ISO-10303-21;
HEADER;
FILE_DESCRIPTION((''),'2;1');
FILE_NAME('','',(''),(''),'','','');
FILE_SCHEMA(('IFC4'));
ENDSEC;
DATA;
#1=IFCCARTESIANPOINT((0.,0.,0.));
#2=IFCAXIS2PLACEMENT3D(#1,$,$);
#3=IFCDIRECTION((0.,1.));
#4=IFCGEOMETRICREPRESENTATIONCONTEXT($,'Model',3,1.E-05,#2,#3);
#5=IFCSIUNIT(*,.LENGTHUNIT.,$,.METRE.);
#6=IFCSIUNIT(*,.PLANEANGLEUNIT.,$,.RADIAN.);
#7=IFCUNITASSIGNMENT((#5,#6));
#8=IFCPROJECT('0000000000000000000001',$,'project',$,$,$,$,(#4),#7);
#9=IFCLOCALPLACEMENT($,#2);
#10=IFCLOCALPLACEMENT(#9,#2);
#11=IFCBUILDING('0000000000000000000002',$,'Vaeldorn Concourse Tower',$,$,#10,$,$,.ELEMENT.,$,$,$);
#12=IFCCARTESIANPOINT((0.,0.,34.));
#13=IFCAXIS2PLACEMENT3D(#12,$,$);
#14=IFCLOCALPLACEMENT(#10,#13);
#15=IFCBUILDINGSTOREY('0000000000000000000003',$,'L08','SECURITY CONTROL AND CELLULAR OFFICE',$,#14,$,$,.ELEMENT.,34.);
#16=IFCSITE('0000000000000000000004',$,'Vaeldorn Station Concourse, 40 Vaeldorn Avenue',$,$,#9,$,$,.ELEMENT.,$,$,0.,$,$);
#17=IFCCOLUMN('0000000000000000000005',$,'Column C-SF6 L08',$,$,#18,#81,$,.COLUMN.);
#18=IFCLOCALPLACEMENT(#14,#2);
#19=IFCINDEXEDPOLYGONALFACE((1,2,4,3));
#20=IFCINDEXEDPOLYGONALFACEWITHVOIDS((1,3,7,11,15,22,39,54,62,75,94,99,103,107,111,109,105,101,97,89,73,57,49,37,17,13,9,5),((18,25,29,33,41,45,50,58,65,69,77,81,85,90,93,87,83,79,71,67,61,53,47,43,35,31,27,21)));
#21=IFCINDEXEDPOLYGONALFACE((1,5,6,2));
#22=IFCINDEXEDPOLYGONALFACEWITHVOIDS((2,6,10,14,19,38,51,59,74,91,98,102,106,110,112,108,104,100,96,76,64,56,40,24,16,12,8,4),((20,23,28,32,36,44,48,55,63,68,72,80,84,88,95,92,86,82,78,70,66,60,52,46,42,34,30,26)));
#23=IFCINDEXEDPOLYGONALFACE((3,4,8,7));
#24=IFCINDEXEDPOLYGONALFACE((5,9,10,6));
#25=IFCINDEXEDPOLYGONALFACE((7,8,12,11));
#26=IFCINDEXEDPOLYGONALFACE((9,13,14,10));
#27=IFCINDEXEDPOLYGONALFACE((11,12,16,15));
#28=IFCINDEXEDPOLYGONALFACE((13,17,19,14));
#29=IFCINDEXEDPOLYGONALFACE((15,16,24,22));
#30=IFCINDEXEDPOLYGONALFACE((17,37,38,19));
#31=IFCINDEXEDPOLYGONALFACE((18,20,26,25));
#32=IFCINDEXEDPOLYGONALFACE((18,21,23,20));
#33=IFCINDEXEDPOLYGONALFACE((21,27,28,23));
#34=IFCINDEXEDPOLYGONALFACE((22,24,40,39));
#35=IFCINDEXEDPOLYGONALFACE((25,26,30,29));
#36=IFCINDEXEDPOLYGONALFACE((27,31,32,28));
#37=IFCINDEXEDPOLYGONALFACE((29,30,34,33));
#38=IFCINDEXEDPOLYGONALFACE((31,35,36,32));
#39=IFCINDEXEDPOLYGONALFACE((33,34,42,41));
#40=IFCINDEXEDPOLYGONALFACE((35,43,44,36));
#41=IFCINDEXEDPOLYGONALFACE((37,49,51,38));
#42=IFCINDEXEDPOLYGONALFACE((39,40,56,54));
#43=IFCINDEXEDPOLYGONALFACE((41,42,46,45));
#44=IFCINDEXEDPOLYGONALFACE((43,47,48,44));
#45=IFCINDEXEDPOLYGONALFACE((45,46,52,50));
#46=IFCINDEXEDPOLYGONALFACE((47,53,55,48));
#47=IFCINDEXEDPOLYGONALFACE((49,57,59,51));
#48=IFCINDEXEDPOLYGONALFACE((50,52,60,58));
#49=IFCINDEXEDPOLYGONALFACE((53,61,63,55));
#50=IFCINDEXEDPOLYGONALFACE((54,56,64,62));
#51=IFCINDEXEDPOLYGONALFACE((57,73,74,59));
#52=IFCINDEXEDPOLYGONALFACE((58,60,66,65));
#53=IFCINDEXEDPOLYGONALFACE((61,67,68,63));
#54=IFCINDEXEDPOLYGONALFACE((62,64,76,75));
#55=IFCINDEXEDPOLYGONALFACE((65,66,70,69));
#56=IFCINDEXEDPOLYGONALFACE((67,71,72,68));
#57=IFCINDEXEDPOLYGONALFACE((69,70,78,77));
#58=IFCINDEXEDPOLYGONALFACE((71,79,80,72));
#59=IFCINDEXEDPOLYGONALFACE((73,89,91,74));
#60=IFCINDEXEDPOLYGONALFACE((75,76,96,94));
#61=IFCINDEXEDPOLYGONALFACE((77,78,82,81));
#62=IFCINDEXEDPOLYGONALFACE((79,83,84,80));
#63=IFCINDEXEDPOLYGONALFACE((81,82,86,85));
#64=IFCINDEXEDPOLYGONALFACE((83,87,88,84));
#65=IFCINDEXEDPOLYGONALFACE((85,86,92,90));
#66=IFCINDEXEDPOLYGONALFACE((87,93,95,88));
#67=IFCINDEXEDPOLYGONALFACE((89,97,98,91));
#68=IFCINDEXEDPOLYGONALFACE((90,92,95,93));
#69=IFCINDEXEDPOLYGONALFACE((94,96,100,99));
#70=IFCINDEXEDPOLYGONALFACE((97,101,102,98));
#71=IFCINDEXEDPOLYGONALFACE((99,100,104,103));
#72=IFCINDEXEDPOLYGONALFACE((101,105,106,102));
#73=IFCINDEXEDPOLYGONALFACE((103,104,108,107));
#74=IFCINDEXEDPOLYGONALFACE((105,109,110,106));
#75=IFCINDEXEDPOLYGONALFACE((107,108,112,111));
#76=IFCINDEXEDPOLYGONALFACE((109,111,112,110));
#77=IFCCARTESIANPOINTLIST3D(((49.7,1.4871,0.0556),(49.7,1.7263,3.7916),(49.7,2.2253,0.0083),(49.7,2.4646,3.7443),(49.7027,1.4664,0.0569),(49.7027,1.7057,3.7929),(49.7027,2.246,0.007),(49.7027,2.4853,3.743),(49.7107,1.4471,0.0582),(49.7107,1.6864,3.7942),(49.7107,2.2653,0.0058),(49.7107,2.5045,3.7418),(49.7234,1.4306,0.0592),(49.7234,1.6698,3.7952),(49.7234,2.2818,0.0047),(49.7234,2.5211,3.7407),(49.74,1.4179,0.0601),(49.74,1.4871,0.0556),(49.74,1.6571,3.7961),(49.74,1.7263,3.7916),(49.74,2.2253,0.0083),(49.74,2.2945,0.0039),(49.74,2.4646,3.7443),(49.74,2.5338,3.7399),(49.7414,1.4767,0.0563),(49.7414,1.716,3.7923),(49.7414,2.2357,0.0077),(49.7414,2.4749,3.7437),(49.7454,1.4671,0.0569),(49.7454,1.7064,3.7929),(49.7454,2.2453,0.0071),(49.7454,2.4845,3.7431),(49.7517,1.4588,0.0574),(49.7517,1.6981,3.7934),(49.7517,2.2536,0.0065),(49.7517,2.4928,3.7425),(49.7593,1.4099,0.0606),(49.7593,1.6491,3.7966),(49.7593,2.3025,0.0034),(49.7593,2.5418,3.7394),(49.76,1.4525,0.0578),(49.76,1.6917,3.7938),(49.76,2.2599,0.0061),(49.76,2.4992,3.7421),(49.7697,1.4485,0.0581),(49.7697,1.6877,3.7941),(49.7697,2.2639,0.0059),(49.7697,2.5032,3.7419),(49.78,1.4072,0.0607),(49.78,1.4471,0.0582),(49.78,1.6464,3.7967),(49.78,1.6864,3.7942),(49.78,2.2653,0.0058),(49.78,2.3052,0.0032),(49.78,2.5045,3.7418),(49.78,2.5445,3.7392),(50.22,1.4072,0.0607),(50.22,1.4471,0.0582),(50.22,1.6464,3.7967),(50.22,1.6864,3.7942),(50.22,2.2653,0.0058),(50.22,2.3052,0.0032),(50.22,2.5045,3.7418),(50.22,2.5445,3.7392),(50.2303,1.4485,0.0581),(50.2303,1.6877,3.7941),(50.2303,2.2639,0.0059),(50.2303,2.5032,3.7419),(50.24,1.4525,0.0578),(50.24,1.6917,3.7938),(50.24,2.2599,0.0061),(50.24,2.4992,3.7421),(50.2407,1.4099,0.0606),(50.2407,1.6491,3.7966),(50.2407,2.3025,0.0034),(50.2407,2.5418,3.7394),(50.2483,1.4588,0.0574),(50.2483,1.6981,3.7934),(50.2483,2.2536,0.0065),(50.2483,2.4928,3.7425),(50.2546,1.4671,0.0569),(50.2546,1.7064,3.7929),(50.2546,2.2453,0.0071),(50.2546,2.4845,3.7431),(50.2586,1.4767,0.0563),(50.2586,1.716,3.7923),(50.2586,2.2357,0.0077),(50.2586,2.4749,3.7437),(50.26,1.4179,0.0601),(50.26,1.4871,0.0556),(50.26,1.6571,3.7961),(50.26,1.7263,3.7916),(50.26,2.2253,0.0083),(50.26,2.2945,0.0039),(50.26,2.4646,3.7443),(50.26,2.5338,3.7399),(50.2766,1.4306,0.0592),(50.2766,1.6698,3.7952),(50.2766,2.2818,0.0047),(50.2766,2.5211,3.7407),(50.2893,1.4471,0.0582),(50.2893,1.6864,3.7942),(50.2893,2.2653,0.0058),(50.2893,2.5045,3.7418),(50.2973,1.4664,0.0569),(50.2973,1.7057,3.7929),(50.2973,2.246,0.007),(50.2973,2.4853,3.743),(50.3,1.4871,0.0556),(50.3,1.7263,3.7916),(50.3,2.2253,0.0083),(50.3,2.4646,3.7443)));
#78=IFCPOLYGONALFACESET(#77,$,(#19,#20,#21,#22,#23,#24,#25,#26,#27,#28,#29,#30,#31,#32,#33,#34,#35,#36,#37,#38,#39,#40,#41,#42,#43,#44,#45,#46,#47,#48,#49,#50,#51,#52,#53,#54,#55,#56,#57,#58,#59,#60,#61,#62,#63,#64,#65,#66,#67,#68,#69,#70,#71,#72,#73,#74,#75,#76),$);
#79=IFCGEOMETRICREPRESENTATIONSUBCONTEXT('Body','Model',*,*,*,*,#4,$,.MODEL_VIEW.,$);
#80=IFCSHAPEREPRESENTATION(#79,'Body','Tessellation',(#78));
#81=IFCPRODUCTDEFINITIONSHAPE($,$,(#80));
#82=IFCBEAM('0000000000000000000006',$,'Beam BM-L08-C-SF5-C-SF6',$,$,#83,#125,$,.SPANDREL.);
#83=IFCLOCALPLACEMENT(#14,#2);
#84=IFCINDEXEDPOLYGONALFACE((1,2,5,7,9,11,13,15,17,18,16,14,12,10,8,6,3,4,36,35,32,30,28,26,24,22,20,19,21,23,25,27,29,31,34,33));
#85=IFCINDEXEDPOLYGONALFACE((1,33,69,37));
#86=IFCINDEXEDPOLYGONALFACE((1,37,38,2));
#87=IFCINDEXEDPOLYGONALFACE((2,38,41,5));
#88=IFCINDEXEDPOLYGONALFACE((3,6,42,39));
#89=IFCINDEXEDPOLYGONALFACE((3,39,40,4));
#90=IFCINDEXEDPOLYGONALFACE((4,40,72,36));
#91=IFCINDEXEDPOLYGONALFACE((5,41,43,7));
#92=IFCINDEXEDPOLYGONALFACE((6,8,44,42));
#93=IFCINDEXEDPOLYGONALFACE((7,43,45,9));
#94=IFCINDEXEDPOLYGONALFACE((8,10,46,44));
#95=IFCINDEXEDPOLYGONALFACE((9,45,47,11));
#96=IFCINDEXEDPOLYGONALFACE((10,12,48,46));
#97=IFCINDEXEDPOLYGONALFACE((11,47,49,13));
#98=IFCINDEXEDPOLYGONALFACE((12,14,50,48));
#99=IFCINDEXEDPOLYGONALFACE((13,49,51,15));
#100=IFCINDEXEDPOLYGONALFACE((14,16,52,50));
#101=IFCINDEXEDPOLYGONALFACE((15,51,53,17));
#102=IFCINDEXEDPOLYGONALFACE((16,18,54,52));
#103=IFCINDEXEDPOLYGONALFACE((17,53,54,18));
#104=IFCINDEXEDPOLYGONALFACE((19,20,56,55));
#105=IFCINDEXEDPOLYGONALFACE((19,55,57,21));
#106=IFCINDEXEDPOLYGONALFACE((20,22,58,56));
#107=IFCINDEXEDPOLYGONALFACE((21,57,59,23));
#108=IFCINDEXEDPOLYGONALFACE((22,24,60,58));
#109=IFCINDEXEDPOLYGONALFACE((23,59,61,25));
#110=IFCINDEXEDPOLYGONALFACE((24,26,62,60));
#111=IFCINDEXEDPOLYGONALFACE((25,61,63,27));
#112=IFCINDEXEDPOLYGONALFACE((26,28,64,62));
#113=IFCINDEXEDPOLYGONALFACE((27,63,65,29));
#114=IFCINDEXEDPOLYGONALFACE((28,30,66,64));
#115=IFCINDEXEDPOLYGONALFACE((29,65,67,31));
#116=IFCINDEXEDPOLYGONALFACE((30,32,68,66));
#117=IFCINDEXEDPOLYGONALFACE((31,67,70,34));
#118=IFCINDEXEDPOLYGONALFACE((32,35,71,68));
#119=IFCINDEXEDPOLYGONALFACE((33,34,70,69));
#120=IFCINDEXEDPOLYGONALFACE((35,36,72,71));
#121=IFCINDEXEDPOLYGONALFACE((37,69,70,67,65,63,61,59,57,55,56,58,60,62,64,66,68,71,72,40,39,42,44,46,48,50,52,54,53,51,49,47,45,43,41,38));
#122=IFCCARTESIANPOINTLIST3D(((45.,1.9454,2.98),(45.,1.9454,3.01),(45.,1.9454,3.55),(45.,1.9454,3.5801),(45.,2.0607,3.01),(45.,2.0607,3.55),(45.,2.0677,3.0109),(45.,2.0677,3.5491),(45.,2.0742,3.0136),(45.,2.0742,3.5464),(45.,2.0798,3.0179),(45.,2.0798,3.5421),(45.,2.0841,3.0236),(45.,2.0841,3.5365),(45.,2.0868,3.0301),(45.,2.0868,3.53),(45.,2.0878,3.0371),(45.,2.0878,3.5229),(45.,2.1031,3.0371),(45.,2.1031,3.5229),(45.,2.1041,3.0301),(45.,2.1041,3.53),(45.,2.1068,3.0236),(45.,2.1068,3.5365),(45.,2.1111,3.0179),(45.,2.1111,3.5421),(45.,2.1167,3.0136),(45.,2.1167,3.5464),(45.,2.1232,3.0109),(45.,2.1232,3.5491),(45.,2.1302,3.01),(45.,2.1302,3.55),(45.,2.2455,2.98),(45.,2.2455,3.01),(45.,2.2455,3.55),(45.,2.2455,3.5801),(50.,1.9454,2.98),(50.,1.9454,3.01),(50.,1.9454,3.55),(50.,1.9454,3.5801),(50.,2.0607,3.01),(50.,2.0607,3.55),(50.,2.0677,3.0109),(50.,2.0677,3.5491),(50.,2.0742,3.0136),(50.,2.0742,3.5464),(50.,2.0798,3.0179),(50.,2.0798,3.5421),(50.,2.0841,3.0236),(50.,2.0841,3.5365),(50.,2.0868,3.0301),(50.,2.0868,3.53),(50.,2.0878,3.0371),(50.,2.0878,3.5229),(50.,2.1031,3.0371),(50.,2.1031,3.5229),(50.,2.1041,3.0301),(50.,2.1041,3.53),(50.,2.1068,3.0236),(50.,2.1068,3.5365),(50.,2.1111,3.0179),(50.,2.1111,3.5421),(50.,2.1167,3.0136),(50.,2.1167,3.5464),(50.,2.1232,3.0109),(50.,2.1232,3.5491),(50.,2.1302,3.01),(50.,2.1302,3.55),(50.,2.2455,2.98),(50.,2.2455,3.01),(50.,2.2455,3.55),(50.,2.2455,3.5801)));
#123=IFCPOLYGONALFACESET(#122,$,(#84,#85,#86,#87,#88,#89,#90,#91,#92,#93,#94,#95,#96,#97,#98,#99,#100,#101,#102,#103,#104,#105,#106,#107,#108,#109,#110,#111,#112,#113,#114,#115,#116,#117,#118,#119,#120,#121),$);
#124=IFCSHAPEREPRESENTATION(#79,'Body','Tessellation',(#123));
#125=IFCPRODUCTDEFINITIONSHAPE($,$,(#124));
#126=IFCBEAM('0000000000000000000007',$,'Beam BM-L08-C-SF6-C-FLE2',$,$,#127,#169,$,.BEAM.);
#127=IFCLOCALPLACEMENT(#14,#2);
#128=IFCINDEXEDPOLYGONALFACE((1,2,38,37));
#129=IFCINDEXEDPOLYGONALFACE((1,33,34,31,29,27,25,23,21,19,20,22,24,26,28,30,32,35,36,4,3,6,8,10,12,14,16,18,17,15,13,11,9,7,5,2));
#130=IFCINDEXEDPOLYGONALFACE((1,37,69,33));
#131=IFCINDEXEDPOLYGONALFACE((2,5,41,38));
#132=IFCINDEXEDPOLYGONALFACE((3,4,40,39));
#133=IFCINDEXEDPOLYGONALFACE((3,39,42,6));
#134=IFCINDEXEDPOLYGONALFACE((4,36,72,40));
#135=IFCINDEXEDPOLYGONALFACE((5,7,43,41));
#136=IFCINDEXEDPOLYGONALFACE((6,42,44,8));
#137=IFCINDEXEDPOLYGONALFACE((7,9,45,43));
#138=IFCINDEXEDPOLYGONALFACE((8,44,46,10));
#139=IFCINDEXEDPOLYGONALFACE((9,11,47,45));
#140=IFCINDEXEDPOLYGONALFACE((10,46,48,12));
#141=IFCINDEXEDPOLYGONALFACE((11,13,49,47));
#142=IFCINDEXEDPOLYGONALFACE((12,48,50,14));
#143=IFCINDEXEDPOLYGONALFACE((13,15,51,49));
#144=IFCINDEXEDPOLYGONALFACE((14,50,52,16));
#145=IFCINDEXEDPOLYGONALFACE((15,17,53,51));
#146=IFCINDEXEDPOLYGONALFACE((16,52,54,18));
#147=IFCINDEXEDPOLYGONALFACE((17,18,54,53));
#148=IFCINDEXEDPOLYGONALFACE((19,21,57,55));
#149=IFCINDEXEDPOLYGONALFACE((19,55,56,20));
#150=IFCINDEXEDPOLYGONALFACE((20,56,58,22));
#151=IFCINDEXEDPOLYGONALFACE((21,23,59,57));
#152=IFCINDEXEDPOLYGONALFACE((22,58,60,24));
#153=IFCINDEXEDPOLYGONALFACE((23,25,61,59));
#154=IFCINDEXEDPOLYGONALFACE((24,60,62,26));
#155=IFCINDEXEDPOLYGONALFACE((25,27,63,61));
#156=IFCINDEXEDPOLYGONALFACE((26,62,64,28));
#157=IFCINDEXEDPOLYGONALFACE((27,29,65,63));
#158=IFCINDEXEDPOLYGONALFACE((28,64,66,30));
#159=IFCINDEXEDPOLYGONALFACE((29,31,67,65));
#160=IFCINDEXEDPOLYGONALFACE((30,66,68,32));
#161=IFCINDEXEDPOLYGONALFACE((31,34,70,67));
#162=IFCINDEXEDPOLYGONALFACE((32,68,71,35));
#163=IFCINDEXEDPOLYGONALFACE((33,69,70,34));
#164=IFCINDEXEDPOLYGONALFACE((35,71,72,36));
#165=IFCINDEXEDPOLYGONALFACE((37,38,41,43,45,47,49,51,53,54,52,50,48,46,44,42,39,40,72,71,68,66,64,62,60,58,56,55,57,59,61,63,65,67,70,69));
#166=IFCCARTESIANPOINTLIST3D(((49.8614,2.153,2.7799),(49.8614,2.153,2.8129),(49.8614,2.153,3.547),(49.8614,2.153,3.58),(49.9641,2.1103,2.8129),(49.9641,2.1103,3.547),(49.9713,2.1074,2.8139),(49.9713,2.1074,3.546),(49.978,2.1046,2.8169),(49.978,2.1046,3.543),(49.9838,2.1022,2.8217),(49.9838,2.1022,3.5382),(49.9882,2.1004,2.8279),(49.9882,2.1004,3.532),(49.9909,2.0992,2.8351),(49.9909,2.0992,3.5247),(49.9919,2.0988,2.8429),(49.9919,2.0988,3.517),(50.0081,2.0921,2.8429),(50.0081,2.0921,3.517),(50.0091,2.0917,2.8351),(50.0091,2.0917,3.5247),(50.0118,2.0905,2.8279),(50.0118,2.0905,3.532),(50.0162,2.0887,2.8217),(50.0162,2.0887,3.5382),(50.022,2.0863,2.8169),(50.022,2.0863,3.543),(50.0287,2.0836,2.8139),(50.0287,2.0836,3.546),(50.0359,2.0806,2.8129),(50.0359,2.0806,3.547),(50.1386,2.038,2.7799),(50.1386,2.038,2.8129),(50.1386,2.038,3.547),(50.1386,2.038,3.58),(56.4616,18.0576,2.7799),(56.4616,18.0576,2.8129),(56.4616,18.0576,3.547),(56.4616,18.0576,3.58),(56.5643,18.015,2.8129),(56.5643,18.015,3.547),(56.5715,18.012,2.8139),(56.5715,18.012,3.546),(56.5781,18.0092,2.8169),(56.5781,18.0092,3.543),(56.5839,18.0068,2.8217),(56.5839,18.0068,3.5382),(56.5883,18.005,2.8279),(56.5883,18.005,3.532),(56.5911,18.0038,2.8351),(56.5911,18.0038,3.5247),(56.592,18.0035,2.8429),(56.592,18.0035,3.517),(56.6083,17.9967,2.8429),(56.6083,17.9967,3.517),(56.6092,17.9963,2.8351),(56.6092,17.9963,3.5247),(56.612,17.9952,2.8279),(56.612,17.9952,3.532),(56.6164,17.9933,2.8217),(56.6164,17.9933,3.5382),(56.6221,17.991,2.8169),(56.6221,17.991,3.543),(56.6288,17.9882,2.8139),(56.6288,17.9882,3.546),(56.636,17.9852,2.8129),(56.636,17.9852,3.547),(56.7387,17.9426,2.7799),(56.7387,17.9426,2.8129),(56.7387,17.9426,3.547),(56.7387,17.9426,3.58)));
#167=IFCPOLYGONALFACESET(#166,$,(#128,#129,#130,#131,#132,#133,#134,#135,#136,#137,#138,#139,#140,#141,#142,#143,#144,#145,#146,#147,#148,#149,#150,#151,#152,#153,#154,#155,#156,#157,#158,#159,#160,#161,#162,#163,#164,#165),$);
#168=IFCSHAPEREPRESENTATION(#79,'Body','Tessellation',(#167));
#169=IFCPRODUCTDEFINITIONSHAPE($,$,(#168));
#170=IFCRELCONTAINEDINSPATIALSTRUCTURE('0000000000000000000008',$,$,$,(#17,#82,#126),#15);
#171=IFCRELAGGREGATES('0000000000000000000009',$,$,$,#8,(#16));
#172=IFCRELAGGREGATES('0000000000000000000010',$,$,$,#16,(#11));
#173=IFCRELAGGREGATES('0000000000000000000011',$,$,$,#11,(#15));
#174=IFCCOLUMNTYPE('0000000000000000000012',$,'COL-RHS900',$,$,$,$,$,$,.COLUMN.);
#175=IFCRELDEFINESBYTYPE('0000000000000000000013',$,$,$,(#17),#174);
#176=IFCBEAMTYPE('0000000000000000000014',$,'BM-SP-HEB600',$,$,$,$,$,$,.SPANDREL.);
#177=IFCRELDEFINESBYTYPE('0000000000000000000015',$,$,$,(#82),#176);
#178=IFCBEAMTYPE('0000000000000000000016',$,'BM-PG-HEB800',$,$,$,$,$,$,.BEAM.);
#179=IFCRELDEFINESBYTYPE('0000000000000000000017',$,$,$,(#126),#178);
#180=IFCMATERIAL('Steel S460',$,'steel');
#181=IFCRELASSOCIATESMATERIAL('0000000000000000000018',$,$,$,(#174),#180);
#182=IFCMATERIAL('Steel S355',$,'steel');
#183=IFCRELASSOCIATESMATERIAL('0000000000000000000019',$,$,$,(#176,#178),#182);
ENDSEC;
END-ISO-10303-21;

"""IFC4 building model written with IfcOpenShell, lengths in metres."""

from ifc_helpers import new_model, si_unit, direction, frame, origin, origin_2d, place, context, subcontext, project, spatial, hollow_rectangle, i_section, extrude, source, transform, mapped, material, material_profile, profile_set, type_object, element, save


model = new_model("IFC4")

# Units and contexts
model_context = context("Model", 3, precision=1e-05, world=origin(), true_north=direction((0.0, 1.0)))
body_context = subcontext(model_context, "Body", "Model", "MODEL_VIEW")
ifc_project = project(units=[si_unit("LENGTHUNIT", "METRE"), si_unit("PLANEANGLEUNIT", "RADIAN")], contexts=[model_context])

# Site, building, storey
site_placement = place(None, origin())
site = spatial("IfcSite", under=ifc_project, at=site_placement, Name="Vaeldorn Station Concourse, 40 Vaeldorn Avenue", CompositionType="ELEMENT", RefElevation=0.0)
building_placement = place(site_placement, origin())
building = spatial("IfcBuilding", under=site, at=building_placement, Name="Vaeldorn Concourse Tower", CompositionType="ELEMENT")
storey_placement = place(building_placement, frame((0.0, 0.0, 34.0)))
storey = spatial("IfcBuildingStorey", under=building, at=storey_placement, Name="L08", Description="SECURITY CONTROL AND CELLULAR OFFICE", CompositionType="ELEMENT", Elevation=34.0)

# Column
ifc_material_1 = material(Name="Steel S460", Category="steel")
ifc_material_profile_1 = material_profile(ifc_material_1, hollow_rectangle(XDim=0.6001, YDim=0.8999, WallThickness=0.04, InnerFilletRadius=0.04, OuterFilletRadius=0.0801, at=origin_2d()), Name="RHS 900x600x40")
ifc_profile_set_1 = profile_set([ifc_material_profile_1], Name="Steel S460")
column_type = type_object("IfcColumnType", Name="COL-RHS900", PredefinedType="COLUMN", material=ifc_profile_set_1)
shared_shape_1 = source(origin(), body_context, "Body", "SweptSolid", [
    extrude(hollow_rectangle(XDim=0.6001, YDim=0.8999, WallThickness=0.04, InnerFilletRadius=0.04, OuterFilletRadius=0.0801, at=origin_2d()), origin(), (0.0, 0.0, 1.0), 3.7437),
])
column_placement = place(storey_placement, frame((50.0, 1.8562, 0.032), z_axis=(0.0, 0.063909, 0.997956), x_axis=(-1.0, 0.0, 0.0)))
element("IfcColumn", 1, at=column_placement, inside=storey, type_object=column_type, Name="Column C-SF6 L08", PredefinedType="COLUMN", context=body_context, shape_type="MappedRepresentation", body=[
    mapped(shared_shape_1, transform((0.0, 0.0, 0.0), scale=1.0)),
])

# Beams
ifc_material_2 = material(Name="Steel S355", Category="steel")
ifc_material_profile_2 = material_profile(ifc_material_2, i_section(OverallWidth=0.3, OverallDepth=0.6001, WebThickness=0.0154, FlangeThickness=0.03, FilletRadius=0.0271, at=origin_2d()), Name="HEB 600")
ifc_profile_set_2 = profile_set([ifc_material_profile_2], Name="Steel S355")
beam_type_1 = type_object("IfcBeamType", Name="BM-SP-HEB600", PredefinedType="SPANDREL", material=ifc_profile_set_2)
shared_shape_2 = source(origin(), body_context, "Body", "SweptSolid", [
    extrude(i_section(OverallWidth=0.3, OverallDepth=0.6001, WebThickness=0.0154, FlangeThickness=0.03, FilletRadius=0.0271, at=origin_2d()), origin(), (0.0, 0.0, 1.0), 5.0),
])
beam_1_placement = place(storey_placement, frame((45.0, 2.0955, 3.28), z_axis=(1.0, 0.0, 0.0), x_axis=(0.0, 1.0, 0.0)))
element("IfcBeam", 2, at=beam_1_placement, inside=storey, type_object=beam_type_1, Name="Beam BM-L08-C-SF5-C-SF6", PredefinedType="SPANDREL", context=body_context, shape_type="MappedRepresentation", body=[
    mapped(shared_shape_2, transform((0.0, 0.0, 0.0), scale=1.0)),
])
ifc_material_profile_3 = material_profile(ifc_material_2, i_section(OverallWidth=0.3, OverallDepth=0.8, WebThickness=0.0176, FlangeThickness=0.033, FilletRadius=0.03, at=origin_2d()), Name="HEB 800")
ifc_profile_set_3 = profile_set([ifc_material_profile_3], Name="Steel S355")
beam_type_2 = type_object("IfcBeamType", Name="BM-PG-HEB800", PredefinedType="BEAM", material=ifc_profile_set_3)
shared_shape_3 = source(origin(), body_context, "Body", "SweptSolid", [
    extrude(i_section(OverallWidth=0.3, OverallDepth=0.8, WebThickness=0.0176, FlangeThickness=0.033, FilletRadius=0.03, at=origin_2d()), origin(), (0.0, 0.0, 1.0), 17.2197),
])
beam_2_placement = place(storey_placement, frame((50.0, 2.0955, 3.1799), z_axis=(0.383289, 0.923628, 0.0), x_axis=(-0.923628, 0.383289, 0.0)))
element("IfcBeam", 3, at=beam_2_placement, inside=storey, type_object=beam_type_2, Name="Beam BM-L08-C-SF6-C-FLE2", PredefinedType="BEAM", context=body_context, shape_type="MappedRepresentation", body=[
    mapped(shared_shape_3, transform((0.0, 0.0, 0.0), scale=1.0)),
])

save(model, "model.ifc")
